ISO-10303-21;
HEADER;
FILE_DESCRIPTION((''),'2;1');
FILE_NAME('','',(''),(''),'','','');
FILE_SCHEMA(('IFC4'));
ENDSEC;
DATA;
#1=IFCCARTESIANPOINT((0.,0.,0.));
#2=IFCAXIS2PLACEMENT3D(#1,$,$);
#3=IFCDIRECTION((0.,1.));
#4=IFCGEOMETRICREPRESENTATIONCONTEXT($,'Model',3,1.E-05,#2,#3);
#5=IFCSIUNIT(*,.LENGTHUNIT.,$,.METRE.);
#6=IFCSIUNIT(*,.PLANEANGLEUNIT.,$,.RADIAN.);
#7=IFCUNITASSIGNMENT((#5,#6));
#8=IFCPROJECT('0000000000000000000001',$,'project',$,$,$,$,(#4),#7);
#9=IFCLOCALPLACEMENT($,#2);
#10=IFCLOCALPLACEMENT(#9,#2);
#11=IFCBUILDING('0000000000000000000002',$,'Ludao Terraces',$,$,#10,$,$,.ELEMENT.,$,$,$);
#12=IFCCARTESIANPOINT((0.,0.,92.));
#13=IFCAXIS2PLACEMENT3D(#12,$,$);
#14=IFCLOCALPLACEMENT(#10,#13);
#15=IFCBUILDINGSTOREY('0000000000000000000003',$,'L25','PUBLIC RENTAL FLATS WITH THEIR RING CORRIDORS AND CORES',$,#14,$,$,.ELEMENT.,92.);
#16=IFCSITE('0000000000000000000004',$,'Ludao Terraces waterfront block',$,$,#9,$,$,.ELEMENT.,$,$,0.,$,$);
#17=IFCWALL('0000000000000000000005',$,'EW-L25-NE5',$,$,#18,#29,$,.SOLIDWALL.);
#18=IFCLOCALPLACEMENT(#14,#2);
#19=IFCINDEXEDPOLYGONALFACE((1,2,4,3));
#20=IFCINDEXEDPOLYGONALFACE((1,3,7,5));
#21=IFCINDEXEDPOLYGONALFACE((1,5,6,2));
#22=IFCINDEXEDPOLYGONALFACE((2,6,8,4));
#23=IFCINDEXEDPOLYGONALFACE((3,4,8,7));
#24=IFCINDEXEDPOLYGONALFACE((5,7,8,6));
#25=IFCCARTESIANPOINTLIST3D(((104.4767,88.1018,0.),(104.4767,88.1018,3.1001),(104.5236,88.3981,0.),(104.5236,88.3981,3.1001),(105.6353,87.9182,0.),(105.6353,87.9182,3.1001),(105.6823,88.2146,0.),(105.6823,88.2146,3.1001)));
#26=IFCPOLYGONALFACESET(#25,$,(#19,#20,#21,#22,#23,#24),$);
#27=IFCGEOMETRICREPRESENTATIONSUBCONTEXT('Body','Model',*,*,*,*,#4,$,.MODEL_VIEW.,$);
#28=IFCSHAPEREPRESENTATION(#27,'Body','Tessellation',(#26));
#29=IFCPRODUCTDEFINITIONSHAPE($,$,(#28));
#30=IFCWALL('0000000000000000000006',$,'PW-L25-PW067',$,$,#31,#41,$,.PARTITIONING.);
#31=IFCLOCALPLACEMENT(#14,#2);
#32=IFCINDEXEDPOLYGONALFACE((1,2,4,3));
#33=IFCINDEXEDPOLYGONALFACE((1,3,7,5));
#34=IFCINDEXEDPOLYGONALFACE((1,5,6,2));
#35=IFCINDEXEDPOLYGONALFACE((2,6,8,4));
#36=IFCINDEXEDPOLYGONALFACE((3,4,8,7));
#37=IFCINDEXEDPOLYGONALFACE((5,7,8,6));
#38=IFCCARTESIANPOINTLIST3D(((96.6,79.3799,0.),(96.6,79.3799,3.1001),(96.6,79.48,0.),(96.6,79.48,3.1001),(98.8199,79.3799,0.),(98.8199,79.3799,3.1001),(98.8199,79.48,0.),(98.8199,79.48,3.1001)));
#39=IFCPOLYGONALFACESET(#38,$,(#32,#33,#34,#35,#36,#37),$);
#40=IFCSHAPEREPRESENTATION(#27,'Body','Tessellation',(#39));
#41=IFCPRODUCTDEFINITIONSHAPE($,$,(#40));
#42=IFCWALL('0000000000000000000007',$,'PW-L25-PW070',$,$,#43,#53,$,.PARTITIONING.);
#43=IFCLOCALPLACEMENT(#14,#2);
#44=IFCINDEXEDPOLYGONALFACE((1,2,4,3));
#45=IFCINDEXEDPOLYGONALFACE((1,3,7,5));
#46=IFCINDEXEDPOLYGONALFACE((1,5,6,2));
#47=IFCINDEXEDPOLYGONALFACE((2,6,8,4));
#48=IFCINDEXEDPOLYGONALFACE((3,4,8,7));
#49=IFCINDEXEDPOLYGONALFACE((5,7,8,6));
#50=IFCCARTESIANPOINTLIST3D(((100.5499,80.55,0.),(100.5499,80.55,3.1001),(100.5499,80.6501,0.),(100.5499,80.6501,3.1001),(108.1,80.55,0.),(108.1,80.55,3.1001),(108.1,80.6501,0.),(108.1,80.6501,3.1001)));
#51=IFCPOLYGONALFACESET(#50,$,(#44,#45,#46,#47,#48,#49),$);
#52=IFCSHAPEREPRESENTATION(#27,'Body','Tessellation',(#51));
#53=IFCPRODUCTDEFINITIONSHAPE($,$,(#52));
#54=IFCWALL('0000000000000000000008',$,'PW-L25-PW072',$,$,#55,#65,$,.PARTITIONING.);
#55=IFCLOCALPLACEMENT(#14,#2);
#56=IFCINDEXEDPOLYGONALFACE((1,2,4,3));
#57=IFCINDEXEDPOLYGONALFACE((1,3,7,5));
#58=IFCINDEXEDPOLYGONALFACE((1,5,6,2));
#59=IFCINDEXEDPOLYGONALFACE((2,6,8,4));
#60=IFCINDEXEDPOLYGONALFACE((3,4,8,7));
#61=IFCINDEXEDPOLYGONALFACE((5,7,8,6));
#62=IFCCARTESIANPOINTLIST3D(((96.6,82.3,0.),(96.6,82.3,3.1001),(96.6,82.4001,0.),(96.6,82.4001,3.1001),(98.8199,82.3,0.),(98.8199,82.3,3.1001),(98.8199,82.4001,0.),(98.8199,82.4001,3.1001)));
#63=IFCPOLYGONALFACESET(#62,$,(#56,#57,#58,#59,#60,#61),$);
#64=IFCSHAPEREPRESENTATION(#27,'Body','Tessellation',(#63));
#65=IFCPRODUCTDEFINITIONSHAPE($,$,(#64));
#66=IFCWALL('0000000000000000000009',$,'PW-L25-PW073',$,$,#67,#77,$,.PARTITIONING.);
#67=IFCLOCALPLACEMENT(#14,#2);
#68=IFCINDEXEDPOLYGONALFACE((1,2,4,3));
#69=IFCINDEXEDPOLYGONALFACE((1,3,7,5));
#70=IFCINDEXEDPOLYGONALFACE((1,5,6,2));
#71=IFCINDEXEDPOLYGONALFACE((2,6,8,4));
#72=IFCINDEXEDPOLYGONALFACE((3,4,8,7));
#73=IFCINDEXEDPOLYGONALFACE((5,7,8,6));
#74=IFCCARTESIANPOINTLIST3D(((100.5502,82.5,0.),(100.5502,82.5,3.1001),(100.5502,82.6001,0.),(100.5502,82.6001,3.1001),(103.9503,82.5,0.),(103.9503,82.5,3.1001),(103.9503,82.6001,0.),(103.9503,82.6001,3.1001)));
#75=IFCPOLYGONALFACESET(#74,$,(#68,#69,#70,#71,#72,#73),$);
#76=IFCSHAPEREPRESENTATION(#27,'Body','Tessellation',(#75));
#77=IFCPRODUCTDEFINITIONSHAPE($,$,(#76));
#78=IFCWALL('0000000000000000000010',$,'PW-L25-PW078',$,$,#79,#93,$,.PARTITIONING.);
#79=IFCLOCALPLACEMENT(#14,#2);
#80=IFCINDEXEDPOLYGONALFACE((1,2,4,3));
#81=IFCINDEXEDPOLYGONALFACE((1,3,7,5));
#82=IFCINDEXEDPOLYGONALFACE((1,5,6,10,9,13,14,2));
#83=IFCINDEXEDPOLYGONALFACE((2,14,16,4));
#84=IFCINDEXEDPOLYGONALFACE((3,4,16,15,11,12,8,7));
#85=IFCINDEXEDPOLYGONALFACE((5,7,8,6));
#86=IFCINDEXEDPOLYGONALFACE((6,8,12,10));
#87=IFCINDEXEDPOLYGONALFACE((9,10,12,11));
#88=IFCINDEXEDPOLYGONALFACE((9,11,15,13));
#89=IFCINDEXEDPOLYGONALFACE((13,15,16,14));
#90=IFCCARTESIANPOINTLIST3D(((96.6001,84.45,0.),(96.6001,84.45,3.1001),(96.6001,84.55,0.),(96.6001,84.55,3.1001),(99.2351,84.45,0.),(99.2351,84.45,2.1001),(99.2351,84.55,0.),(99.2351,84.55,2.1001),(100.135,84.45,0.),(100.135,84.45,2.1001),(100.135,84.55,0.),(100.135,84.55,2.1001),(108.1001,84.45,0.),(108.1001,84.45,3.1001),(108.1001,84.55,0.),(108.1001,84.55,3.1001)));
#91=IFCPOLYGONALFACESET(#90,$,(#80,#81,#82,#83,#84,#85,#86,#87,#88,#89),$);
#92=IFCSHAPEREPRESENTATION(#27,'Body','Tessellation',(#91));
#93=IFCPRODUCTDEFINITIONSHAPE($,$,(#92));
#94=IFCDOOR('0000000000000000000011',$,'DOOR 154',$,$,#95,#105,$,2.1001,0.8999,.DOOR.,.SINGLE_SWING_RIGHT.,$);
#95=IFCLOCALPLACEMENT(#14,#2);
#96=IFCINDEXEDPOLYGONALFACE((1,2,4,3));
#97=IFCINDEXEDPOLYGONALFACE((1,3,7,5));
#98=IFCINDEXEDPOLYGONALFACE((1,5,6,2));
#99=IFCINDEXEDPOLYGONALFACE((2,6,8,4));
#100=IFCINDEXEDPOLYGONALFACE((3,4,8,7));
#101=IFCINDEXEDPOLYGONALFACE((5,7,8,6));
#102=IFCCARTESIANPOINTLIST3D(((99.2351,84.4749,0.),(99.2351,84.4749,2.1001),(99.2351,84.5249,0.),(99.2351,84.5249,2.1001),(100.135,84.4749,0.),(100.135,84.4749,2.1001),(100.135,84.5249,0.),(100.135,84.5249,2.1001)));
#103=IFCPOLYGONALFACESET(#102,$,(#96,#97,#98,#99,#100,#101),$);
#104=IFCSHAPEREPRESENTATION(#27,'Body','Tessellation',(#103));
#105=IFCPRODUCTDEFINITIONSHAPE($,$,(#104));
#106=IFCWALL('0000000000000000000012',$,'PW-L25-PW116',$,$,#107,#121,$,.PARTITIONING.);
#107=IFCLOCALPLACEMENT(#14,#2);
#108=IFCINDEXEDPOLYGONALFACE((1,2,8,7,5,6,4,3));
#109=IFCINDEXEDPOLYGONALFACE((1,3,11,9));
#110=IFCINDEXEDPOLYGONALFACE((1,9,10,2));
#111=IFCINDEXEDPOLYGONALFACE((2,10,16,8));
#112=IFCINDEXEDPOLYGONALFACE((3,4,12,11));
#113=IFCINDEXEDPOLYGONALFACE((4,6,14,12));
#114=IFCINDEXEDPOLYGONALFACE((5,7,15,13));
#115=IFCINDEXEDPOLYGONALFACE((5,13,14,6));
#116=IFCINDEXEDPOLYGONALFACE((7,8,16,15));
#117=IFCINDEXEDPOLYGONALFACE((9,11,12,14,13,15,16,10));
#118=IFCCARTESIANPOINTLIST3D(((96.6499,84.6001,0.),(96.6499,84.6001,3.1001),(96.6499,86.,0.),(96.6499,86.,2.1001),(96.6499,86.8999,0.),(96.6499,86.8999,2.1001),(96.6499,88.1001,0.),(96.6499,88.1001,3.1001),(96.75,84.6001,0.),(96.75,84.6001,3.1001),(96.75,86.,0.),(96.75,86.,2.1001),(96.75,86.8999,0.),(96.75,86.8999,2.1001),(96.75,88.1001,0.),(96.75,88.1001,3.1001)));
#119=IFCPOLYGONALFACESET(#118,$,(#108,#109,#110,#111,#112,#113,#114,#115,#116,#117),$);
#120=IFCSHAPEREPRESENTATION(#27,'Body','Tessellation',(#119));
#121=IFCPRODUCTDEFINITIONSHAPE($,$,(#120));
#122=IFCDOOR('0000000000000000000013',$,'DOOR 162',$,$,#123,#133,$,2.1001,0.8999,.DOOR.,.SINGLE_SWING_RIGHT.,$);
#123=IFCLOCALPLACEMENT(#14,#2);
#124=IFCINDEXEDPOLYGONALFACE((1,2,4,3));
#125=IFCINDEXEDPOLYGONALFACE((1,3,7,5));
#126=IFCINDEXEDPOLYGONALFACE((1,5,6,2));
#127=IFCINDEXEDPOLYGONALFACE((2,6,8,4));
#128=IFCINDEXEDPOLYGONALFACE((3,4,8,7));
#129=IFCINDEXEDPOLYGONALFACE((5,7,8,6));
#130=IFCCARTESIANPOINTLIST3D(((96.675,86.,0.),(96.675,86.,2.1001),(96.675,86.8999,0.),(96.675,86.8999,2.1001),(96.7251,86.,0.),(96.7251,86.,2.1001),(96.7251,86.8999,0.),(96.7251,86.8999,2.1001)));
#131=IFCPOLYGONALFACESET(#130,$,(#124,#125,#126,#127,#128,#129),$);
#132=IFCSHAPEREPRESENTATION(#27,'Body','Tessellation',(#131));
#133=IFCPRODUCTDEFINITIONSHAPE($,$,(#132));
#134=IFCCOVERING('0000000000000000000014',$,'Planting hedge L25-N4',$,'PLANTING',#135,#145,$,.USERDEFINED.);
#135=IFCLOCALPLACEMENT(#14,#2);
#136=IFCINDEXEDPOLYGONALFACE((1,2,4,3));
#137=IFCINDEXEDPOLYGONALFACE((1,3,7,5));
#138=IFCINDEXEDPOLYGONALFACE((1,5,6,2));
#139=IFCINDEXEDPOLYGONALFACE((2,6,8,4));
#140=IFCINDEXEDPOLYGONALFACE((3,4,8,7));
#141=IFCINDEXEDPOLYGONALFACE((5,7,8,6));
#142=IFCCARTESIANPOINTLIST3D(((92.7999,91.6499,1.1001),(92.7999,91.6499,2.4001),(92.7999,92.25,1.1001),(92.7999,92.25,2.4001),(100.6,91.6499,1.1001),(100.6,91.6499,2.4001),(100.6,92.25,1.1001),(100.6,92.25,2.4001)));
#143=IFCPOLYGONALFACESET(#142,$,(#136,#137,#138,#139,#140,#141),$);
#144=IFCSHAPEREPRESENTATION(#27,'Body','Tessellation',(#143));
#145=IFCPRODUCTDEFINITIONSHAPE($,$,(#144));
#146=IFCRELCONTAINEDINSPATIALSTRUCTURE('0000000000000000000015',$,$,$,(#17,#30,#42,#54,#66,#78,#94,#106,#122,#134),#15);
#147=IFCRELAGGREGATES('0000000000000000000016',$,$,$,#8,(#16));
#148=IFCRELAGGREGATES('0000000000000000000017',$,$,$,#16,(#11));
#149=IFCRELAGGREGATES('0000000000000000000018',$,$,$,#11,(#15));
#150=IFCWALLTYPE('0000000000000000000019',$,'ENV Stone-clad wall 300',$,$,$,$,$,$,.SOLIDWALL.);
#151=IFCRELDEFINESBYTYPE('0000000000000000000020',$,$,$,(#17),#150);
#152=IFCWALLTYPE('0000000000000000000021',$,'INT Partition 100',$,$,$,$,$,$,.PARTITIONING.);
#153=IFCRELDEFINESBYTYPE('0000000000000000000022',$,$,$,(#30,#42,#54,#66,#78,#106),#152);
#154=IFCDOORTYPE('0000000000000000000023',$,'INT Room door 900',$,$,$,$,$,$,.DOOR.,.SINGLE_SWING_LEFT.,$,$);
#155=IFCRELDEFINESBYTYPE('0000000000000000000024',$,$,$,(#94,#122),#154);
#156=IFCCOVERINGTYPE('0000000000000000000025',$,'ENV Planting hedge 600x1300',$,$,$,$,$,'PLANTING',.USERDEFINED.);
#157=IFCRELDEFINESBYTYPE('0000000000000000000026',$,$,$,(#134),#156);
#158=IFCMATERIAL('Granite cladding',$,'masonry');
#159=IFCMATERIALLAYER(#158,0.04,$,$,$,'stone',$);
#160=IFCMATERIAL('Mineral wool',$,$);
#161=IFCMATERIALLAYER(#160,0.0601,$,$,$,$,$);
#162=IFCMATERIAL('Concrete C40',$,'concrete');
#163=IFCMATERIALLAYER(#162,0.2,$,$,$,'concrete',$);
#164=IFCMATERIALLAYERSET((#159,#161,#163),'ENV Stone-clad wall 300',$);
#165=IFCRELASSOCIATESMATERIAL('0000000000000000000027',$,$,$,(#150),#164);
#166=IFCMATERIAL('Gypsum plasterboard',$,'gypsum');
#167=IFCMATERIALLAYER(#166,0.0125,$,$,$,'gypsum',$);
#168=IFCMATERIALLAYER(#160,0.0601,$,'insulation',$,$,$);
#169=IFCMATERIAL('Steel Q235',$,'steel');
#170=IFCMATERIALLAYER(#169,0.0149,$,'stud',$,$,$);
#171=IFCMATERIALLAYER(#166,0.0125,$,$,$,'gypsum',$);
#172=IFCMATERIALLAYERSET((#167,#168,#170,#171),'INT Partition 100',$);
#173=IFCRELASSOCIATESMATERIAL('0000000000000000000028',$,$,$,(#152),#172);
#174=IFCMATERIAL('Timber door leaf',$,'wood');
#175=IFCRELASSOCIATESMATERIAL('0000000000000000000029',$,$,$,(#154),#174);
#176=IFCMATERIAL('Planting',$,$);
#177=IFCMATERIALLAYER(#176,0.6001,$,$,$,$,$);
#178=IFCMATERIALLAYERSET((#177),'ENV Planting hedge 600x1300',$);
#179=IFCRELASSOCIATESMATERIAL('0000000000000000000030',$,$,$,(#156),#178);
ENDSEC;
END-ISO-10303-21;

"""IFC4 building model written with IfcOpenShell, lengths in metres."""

from ifc_helpers import new_model, si_unit, direction, frame, frame_2d, origin, origin_2d, place, context, subcontext, project, spatial, rectangle, extrude, material, layer, layer_set, type_object, element, fill, save


model = new_model("IFC4")

# Units and contexts
model_context = context("Model", 3, precision=1e-05, world=origin(), true_north=direction((0.0, 1.0)))
body_context = subcontext(model_context, "Body", "Model", "MODEL_VIEW")
ifc_project = project(units=[si_unit("LENGTHUNIT", "METRE"), si_unit("PLANEANGLEUNIT", "RADIAN")], contexts=[model_context])

# Site, building, storey
site_placement = place(None, origin())
site = spatial("IfcSite", under=ifc_project, at=site_placement, Name="Ludao Terraces waterfront block", CompositionType="ELEMENT", RefElevation=0.0)
building_placement = place(site_placement, origin())
building = spatial("IfcBuilding", under=site, at=building_placement, Name="Ludao Terraces", CompositionType="ELEMENT")
storey_placement = place(building_placement, frame((0.0, 0.0, 92.0)))
storey = spatial("IfcBuildingStorey", under=building, at=storey_placement, Name="L25", Description="PUBLIC RENTAL FLATS WITH THEIR RING CORRIDORS AND CORES", CompositionType="ELEMENT", Elevation=92.0)

# Shared definitions
ifc_material_1 = material(Name="Concrete C40", Category="concrete")

# Shared definitions
ifc_material_2 = material(Name="Granite cladding", Category="masonry")
ifc_layer_1 = layer(ifc_material_2, 0.04, Category="stone")
ifc_material_3 = material(Name="Mineral wool")
ifc_layer_2 = layer(ifc_material_3, 0.0601)
ifc_layer_3 = layer(ifc_material_1, 0.2, Category="concrete")
ifc_layer_set_1 = layer_set([ifc_layer_1, ifc_layer_2, ifc_layer_3], Name="ENV Stone-clad wall 300")
wall_type_1 = type_object("IfcWallType", Name="ENV Stone-clad wall 300", PredefinedType="SOLIDWALL", material=ifc_layer_set_1)

# Walls
wall_1_placement = place(storey_placement, frame((105.6587, 88.0664, 0.0), z_axis=(0.0, 0.0, 1.0), x_axis=(-0.987678, 0.156497, 0.0)))
element("IfcWall", 1, at=wall_1_placement, inside=storey, type_object=wall_type_1, Name="EW-L25-NE5", PredefinedType="SOLIDWALL", context=body_context, shape_type="SweptSolid", body=[
    extrude(rectangle(XDim=1.1731, YDim=0.3, at=frame_2d((0.5864, 0.0))), origin(), (0.0, 0.0, 1.0), 3.1001),
])
ifc_material_4 = material(Name="Gypsum plasterboard", Category="gypsum")
ifc_layer_4 = layer(ifc_material_4, 0.0125, Category="gypsum")
ifc_layer_5 = layer(ifc_material_3, 0.0601, Name="insulation")
ifc_material_5 = material(Name="Steel Q235", Category="steel")
ifc_layer_6 = layer(ifc_material_5, 0.0149, Name="stud")
ifc_layer_7 = layer(ifc_material_4, 0.0125, Category="gypsum")
ifc_layer_set_2 = layer_set([ifc_layer_4, ifc_layer_5, ifc_layer_6, ifc_layer_7], Name="INT Partition 100")
wall_type_2 = type_object("IfcWallType", Name="INT Partition 100", PredefinedType="PARTITIONING", material=ifc_layer_set_2)
wall_2_placement = place(storey_placement, frame((96.6001, 79.4299, 0.0), z_axis=(0.0, 0.0, 1.0), x_axis=(1.0, 0.0, 0.0)))
element("IfcWall", 2, at=wall_2_placement, inside=storey, type_object=wall_type_2, Name="PW-L25-PW067", PredefinedType="PARTITIONING", context=body_context, shape_type="SweptSolid", body=[
    extrude(rectangle(XDim=2.22, YDim=0.1001, at=frame_2d((1.1099, 0.0))), origin(), (0.0, 0.0, 1.0), 3.1001),
])
wall_3_placement = place(storey_placement, frame((100.55, 80.6001, 0.0), z_axis=(0.0, 0.0, 1.0), x_axis=(1.0, 0.0, 0.0)))
element("IfcWall", 3, at=wall_3_placement, inside=storey, type_object=wall_type_2, Name="PW-L25-PW070", PredefinedType="PARTITIONING", context=body_context, shape_type="SweptSolid", body=[
    extrude(rectangle(XDim=7.55, YDim=0.1001, at=frame_2d((3.7749, 0.0))), origin(), (0.0, 0.0, 1.0), 3.1001),
])
wall_4_placement = place(storey_placement, frame((96.6001, 82.3501, 0.0), z_axis=(0.0, 0.0, 1.0), x_axis=(1.0, 0.0, 0.0)))
element("IfcWall", 4, at=wall_4_placement, inside=storey, type_object=wall_type_2, Name="PW-L25-PW072", PredefinedType="PARTITIONING", context=body_context, shape_type="SweptSolid", body=[
    extrude(rectangle(XDim=2.22, YDim=0.1001, at=frame_2d((1.1099, 0.0))), origin(), (0.0, 0.0, 1.0), 3.1001),
])
wall_5_placement = place(storey_placement, frame((100.55, 82.55, 0.0), z_axis=(0.0, 0.0, 1.0), x_axis=(1.0, 0.0, 0.0)))
element("IfcWall", 5, at=wall_5_placement, inside=storey, type_object=wall_type_2, Name="PW-L25-PW073", PredefinedType="PARTITIONING", context=body_context, shape_type="SweptSolid", body=[
    extrude(rectangle(XDim=3.4001, YDim=0.1001, at=frame_2d((1.7002, 0.0))), origin(), (0.0, 0.0, 1.0), 3.1001),
])

# Walls, openings, doors
wall_6_placement = place(storey_placement, frame((96.6001, 84.5, 0.0), z_axis=(0.0, 0.0, 1.0), x_axis=(1.0, 0.0, 0.0)))
wall_6 = element("IfcWall", 6, at=wall_6_placement, inside=storey, type_object=wall_type_2, Name="PW-L25-PW078", PredefinedType="PARTITIONING", context=body_context, shape_type="SweptSolid", body=[
    extrude(rectangle(XDim=11.5, YDim=0.1001, at=frame_2d((5.75, 0.0))), origin(), (0.0, 0.0, 1.0), 3.1001),
])
opening_1_placement = place(wall_6_placement, frame((2.635, 0.0, 0.0)))
opening_1 = element("IfcOpeningElement", 7, at=opening_1_placement, cuts=wall_6, PredefinedType="OPENING", context=body_context, shape_type="SweptSolid", body=[
    extrude(rectangle(XDim=0.8999, YDim=2.1001, at=frame_2d((0.45, 1.05))), frame((0.0, 0.0601, 0.0), z_axis=(0.0, -1.0, 0.0), x_axis=(1.0, 0.0, 0.0)), (0.0, 0.0, 1.0), 0.1201),
])
ifc_material_6 = material(Name="Timber door leaf", Category="wood")
door_type = type_object("IfcDoorType", Name="INT Room door 900", OperationType="SINGLE_SWING_LEFT", PredefinedType="DOOR", material=ifc_material_6)
door_1_placement = place(opening_1_placement, origin())
door_1 = element("IfcDoor", 8, at=door_1_placement, inside=storey, type_object=door_type, Name="DOOR 154", OperationType="SINGLE_SWING_RIGHT", OverallHeight=2.1001, OverallWidth=0.8999, PredefinedType="DOOR", context=body_context, shape_type="SweptSolid", body=[
    extrude(rectangle(XDim=0.8999, YDim=2.1001, at=frame_2d((0.45, 1.05))), frame((0.0, 0.0249, 0.0), z_axis=(0.0, -1.0, 0.0), x_axis=(1.0, 0.0, 0.0)), (0.0, 0.0, 1.0), 0.05),
])
fill(opening_1, door_1)
wall_7_placement = place(storey_placement, frame((96.7, 84.6001, 0.0), z_axis=(0.0, 0.0, 1.0), x_axis=(0.0, 1.0, 0.0)))
wall_7 = element("IfcWall", 9, at=wall_7_placement, inside=storey, type_object=wall_type_2, Name="PW-L25-PW116", PredefinedType="PARTITIONING", context=body_context, shape_type="SweptSolid", body=[
    extrude(rectangle(XDim=3.5, YDim=0.1001, at=frame_2d((1.75, 0.0))), origin(), (0.0, 0.0, 1.0), 3.1001),
])
opening_2_placement = place(wall_7_placement, frame((1.3999, 0.0, 0.0)))
opening_2 = element("IfcOpeningElement", 10, at=opening_2_placement, cuts=wall_7, PredefinedType="OPENING", context=body_context, shape_type="SweptSolid", body=[
    extrude(rectangle(XDim=0.8999, YDim=2.1001, at=frame_2d((0.45, 1.05))), frame((0.0, 0.0601, 0.0), z_axis=(0.0, -1.0, 0.0), x_axis=(1.0, 0.0, 0.0)), (0.0, 0.0, 1.0), 0.1201),
])
door_2_placement = place(opening_2_placement, origin())
door_2 = element("IfcDoor", 11, at=door_2_placement, inside=storey, type_object=door_type, Name="DOOR 162", OperationType="SINGLE_SWING_RIGHT", OverallHeight=2.1001, OverallWidth=0.8999, PredefinedType="DOOR", context=body_context, shape_type="SweptSolid", body=[
    extrude(rectangle(XDim=0.8999, YDim=2.1001, at=frame_2d((0.45, 1.05))), frame((0.0, 0.0249, 0.0), z_axis=(0.0, -1.0, 0.0), x_axis=(1.0, 0.0, 0.0)), (0.0, 0.0, 1.0), 0.05),
])
fill(opening_2, door_2)

# Covering
ifc_material_7 = material(Name="Planting")
ifc_layer_8 = layer(ifc_material_7, 0.6001)
ifc_layer_set_3 = layer_set([ifc_layer_8], Name="ENV Planting hedge 600x1300")
covering_type = type_object("IfcCoveringType", Name="ENV Planting hedge 600x1300", ElementType="PLANTING", PredefinedType="USERDEFINED", material=ifc_layer_set_3)
covering_placement = place(storey_placement, frame((96.7, 91.95, 1.1001), z_axis=(0.0, 0.0, 1.0), x_axis=(1.0, 0.0, 0.0)))
element("IfcCovering", 12, at=covering_placement, inside=storey, type_object=covering_type, Name="Planting hedge L25-N4", ObjectType="PLANTING", PredefinedType="USERDEFINED", context=body_context, shape_type="SweptSolid", body=[
    extrude(rectangle(XDim=7.8, YDim=0.6001, at=origin_2d()), origin(), (0.0, 0.0, 1.0), 1.3),
])

save(model, "model.ifc")
